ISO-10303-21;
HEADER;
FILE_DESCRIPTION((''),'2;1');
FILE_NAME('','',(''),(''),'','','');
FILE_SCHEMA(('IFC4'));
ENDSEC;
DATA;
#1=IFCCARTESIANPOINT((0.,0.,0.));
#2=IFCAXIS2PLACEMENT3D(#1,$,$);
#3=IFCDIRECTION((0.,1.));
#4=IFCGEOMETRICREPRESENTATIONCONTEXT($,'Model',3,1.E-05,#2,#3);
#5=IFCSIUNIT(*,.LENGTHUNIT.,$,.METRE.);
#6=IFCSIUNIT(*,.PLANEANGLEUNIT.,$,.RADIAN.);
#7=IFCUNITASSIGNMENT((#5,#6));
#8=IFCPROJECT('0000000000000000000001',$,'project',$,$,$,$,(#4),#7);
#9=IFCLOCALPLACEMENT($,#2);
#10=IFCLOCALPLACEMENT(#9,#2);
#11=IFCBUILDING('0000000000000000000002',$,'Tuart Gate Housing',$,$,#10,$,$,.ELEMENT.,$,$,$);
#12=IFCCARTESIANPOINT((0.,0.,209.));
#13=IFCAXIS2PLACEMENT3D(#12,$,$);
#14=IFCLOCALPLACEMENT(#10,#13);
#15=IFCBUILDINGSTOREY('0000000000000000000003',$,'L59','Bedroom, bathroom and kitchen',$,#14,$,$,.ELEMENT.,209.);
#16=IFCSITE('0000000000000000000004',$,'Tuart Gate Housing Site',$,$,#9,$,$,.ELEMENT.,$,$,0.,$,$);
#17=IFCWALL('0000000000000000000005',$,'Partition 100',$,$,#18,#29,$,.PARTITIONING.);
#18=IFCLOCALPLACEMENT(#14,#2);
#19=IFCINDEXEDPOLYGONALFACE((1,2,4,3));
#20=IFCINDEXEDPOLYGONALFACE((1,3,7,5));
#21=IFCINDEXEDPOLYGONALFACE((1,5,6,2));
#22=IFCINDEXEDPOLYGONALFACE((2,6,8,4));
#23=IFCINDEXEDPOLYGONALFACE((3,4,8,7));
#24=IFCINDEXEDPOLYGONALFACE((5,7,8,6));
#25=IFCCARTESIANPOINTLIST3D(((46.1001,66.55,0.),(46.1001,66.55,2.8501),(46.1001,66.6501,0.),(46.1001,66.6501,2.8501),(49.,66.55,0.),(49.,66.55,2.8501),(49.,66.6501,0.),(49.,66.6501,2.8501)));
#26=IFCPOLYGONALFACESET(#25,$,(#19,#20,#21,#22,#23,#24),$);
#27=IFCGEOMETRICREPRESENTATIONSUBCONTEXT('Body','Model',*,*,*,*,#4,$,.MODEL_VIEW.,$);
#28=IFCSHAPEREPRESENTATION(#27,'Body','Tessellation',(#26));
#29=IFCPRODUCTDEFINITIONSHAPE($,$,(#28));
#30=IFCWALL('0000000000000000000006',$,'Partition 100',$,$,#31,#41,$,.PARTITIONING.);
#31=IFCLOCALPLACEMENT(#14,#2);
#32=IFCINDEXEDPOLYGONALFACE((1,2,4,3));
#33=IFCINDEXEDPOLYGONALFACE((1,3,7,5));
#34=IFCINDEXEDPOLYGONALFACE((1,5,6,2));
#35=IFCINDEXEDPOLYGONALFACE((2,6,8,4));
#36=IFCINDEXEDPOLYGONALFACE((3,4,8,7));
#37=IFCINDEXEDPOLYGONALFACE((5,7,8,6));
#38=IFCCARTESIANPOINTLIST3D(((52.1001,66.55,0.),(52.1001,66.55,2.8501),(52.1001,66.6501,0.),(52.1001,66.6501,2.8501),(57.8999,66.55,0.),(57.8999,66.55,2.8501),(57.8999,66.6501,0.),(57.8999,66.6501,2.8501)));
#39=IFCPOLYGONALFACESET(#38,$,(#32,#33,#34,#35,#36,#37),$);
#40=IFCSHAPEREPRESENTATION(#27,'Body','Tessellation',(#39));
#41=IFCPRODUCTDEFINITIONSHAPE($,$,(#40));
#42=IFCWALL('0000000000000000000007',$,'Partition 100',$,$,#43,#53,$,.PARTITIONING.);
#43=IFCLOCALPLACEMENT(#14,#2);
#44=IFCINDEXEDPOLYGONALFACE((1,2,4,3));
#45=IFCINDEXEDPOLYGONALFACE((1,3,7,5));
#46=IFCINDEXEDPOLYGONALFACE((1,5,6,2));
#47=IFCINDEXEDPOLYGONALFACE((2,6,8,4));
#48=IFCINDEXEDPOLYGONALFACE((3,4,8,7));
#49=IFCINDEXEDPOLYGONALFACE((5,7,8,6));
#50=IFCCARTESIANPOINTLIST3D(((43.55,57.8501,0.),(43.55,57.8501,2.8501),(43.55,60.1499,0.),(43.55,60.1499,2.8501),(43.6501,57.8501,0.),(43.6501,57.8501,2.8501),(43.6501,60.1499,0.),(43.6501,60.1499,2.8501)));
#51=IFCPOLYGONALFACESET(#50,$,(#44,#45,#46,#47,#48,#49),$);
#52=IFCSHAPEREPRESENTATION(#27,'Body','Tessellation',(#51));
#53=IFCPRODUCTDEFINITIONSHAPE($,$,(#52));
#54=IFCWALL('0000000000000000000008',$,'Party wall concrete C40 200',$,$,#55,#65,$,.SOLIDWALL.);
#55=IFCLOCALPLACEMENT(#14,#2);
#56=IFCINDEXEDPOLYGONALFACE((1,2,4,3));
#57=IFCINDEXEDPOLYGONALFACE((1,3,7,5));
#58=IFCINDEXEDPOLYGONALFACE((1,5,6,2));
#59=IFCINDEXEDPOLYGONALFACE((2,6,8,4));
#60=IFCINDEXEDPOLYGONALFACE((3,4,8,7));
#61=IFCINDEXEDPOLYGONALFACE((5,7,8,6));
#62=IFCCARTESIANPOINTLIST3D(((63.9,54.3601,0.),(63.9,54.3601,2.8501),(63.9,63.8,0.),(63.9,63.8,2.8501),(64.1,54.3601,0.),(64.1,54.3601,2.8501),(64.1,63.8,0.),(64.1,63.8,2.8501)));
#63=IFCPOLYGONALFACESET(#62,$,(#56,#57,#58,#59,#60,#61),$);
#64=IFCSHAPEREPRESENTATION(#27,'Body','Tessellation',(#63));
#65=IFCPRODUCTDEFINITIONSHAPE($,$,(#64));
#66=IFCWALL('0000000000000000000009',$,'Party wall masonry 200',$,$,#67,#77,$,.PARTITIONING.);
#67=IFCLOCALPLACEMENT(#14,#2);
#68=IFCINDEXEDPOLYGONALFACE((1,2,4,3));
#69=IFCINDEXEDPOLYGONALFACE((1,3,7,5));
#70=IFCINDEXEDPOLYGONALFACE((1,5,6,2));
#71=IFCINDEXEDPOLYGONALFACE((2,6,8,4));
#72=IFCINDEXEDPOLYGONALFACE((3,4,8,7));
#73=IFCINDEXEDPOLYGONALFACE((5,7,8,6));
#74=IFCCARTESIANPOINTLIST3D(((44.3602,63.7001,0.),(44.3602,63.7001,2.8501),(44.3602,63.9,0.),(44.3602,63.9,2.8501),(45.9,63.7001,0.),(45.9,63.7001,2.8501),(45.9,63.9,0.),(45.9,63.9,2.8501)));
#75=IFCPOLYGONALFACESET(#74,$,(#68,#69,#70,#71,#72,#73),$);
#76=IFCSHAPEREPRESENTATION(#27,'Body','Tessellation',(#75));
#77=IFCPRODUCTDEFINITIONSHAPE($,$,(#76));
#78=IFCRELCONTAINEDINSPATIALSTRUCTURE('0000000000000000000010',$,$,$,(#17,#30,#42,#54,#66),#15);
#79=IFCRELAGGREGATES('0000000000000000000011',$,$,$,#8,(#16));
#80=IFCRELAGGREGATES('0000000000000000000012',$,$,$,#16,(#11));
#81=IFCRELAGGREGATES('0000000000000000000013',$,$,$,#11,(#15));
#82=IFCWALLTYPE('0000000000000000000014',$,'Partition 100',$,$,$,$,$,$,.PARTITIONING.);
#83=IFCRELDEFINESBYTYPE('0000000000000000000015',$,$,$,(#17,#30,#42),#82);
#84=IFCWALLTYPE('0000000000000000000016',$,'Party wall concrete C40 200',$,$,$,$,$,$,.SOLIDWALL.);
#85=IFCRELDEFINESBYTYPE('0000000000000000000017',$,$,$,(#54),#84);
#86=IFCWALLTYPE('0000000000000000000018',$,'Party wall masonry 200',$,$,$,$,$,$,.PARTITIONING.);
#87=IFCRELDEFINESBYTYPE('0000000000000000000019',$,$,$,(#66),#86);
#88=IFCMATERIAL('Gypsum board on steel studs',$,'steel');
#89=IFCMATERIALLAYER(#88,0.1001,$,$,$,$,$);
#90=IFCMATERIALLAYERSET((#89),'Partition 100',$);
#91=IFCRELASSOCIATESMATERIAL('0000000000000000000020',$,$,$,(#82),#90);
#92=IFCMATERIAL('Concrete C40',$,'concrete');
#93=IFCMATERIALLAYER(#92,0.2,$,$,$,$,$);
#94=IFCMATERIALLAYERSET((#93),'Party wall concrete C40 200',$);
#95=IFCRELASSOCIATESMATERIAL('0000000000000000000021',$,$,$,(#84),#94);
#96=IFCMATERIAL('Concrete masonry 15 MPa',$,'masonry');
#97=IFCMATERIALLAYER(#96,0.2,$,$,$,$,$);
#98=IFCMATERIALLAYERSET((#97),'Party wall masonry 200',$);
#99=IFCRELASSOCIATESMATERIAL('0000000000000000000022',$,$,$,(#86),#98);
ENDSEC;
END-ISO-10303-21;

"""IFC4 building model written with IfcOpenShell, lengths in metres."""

from ifc_helpers import new_model, si_unit, direction, frame, frame_2d, origin, place, context, subcontext, project, spatial, rectangle, extrude, material, layer, layer_set, type_object, element, save


model = new_model("IFC4")

# Units and contexts
model_context = context("Model", 3, precision=1e-05, world=origin(), true_north=direction((0.0, 1.0)))
body_context = subcontext(model_context, "Body", "Model", "MODEL_VIEW")
ifc_project = project(units=[si_unit("LENGTHUNIT", "METRE"), si_unit("PLANEANGLEUNIT", "RADIAN")], contexts=[model_context])

# Site, building, storey
site_placement = place(None, origin())
site = spatial("IfcSite", under=ifc_project, at=site_placement, Name="Tuart Gate Housing Site", CompositionType="ELEMENT", RefElevation=0.0)
building_placement = place(site_placement, origin())
building = spatial("IfcBuilding", under=site, at=building_placement, Name="Tuart Gate Housing", CompositionType="ELEMENT")
storey_placement = place(building_placement, frame((0.0, 0.0, 209.0)))
storey = spatial("IfcBuildingStorey", under=building, at=storey_placement, Name="L59", Description="Bedroom, bathroom and kitchen", CompositionType="ELEMENT", Elevation=209.0)

# Shared definitions
ifc_material_1 = material(Name="Gypsum board on steel studs", Category="steel")
ifc_layer_1 = layer(ifc_material_1, 0.1001)
ifc_layer_set_1 = layer_set([ifc_layer_1], Name="Partition 100")
wall_type_1 = type_object("IfcWallType", Name="Partition 100", PredefinedType="PARTITIONING", material=ifc_layer_set_1)

# Walls
wall_1_placement = place(storey_placement, frame((46.1001, 66.6001, 0.0), z_axis=(0.0, 0.0, 1.0), x_axis=(1.0, 0.0, 0.0)))
element("IfcWall", 1, at=wall_1_placement, inside=storey, type_object=wall_type_1, Name="Partition 100", PredefinedType="PARTITIONING", context=body_context, shape_type="SweptSolid", body=[
    extrude(rectangle(XDim=2.8999, YDim=0.1001, at=frame_2d((1.45, 0.0))), origin(), (0.0, 0.0, 1.0), 2.8501),
])
wall_2_placement = place(storey_placement, frame((52.1001, 66.6001, 0.0), z_axis=(0.0, 0.0, 1.0), x_axis=(1.0, 0.0, 0.0)))
element("IfcWall", 2, at=wall_2_placement, inside=storey, type_object=wall_type_1, Name="Partition 100", PredefinedType="PARTITIONING", context=body_context, shape_type="SweptSolid", body=[
    extrude(rectangle(XDim=5.7998, YDim=0.1001, at=frame_2d((2.8999, 0.0))), origin(), (0.0, 0.0, 1.0), 2.8501),
])
wall_3_placement = place(storey_placement, frame((43.6001, 57.8501, 0.0), z_axis=(0.0, 0.0, 1.0), x_axis=(0.0, 1.0, 0.0)))
element("IfcWall", 3, at=wall_3_placement, inside=storey, type_object=wall_type_1, Name="Partition 100", PredefinedType="PARTITIONING", context=body_context, shape_type="SweptSolid", body=[
    extrude(rectangle(XDim=2.2998, YDim=0.1001, at=frame_2d((1.1499, 0.0))), origin(), (0.0, 0.0, 1.0), 2.8501),
])
ifc_material_2 = material(Name="Concrete C40", Category="concrete")
ifc_layer_2 = layer(ifc_material_2, 0.2)
ifc_layer_set_2 = layer_set([ifc_layer_2], Name="Party wall concrete C40 200")
wall_type_2 = type_object("IfcWallType", Name="Party wall concrete C40 200", PredefinedType="SOLIDWALL", material=ifc_layer_set_2)
wall_4_placement = place(storey_placement, frame((64.0, 54.3601, 0.0), z_axis=(0.0, 0.0, 1.0), x_axis=(0.0, 1.0, 0.0)))
element("IfcWall", 4, at=wall_4_placement, inside=storey, type_object=wall_type_2, Name="Party wall concrete C40 200", PredefinedType="SOLIDWALL", context=body_context, shape_type="SweptSolid", body=[
    extrude(rectangle(XDim=9.4399, YDim=0.2, at=frame_2d((4.72, 0.0))), origin(), (0.0, 0.0, 1.0), 2.8501),
])
ifc_material_3 = material(Name="Concrete masonry 15 MPa", Category="masonry")
ifc_layer_3 = layer(ifc_material_3, 0.2)
ifc_layer_set_3 = layer_set([ifc_layer_3], Name="Party wall masonry 200")
wall_type_3 = type_object("IfcWallType", Name="Party wall masonry 200", PredefinedType="PARTITIONING", material=ifc_layer_set_3)
wall_5_placement = place(storey_placement, frame((44.3601, 63.8, 0.0), z_axis=(0.0, 0.0, 1.0), x_axis=(1.0, 0.0, 0.0)))
element("IfcWall", 5, at=wall_5_placement, inside=storey, type_object=wall_type_3, Name="Party wall masonry 200", PredefinedType="PARTITIONING", context=body_context, shape_type="SweptSolid", body=[
    extrude(rectangle(XDim=1.5398, YDim=0.2, at=frame_2d((0.77, 0.0))), origin(), (0.0, 0.0, 1.0), 2.8501),
])

save(model, "model.ifc")
